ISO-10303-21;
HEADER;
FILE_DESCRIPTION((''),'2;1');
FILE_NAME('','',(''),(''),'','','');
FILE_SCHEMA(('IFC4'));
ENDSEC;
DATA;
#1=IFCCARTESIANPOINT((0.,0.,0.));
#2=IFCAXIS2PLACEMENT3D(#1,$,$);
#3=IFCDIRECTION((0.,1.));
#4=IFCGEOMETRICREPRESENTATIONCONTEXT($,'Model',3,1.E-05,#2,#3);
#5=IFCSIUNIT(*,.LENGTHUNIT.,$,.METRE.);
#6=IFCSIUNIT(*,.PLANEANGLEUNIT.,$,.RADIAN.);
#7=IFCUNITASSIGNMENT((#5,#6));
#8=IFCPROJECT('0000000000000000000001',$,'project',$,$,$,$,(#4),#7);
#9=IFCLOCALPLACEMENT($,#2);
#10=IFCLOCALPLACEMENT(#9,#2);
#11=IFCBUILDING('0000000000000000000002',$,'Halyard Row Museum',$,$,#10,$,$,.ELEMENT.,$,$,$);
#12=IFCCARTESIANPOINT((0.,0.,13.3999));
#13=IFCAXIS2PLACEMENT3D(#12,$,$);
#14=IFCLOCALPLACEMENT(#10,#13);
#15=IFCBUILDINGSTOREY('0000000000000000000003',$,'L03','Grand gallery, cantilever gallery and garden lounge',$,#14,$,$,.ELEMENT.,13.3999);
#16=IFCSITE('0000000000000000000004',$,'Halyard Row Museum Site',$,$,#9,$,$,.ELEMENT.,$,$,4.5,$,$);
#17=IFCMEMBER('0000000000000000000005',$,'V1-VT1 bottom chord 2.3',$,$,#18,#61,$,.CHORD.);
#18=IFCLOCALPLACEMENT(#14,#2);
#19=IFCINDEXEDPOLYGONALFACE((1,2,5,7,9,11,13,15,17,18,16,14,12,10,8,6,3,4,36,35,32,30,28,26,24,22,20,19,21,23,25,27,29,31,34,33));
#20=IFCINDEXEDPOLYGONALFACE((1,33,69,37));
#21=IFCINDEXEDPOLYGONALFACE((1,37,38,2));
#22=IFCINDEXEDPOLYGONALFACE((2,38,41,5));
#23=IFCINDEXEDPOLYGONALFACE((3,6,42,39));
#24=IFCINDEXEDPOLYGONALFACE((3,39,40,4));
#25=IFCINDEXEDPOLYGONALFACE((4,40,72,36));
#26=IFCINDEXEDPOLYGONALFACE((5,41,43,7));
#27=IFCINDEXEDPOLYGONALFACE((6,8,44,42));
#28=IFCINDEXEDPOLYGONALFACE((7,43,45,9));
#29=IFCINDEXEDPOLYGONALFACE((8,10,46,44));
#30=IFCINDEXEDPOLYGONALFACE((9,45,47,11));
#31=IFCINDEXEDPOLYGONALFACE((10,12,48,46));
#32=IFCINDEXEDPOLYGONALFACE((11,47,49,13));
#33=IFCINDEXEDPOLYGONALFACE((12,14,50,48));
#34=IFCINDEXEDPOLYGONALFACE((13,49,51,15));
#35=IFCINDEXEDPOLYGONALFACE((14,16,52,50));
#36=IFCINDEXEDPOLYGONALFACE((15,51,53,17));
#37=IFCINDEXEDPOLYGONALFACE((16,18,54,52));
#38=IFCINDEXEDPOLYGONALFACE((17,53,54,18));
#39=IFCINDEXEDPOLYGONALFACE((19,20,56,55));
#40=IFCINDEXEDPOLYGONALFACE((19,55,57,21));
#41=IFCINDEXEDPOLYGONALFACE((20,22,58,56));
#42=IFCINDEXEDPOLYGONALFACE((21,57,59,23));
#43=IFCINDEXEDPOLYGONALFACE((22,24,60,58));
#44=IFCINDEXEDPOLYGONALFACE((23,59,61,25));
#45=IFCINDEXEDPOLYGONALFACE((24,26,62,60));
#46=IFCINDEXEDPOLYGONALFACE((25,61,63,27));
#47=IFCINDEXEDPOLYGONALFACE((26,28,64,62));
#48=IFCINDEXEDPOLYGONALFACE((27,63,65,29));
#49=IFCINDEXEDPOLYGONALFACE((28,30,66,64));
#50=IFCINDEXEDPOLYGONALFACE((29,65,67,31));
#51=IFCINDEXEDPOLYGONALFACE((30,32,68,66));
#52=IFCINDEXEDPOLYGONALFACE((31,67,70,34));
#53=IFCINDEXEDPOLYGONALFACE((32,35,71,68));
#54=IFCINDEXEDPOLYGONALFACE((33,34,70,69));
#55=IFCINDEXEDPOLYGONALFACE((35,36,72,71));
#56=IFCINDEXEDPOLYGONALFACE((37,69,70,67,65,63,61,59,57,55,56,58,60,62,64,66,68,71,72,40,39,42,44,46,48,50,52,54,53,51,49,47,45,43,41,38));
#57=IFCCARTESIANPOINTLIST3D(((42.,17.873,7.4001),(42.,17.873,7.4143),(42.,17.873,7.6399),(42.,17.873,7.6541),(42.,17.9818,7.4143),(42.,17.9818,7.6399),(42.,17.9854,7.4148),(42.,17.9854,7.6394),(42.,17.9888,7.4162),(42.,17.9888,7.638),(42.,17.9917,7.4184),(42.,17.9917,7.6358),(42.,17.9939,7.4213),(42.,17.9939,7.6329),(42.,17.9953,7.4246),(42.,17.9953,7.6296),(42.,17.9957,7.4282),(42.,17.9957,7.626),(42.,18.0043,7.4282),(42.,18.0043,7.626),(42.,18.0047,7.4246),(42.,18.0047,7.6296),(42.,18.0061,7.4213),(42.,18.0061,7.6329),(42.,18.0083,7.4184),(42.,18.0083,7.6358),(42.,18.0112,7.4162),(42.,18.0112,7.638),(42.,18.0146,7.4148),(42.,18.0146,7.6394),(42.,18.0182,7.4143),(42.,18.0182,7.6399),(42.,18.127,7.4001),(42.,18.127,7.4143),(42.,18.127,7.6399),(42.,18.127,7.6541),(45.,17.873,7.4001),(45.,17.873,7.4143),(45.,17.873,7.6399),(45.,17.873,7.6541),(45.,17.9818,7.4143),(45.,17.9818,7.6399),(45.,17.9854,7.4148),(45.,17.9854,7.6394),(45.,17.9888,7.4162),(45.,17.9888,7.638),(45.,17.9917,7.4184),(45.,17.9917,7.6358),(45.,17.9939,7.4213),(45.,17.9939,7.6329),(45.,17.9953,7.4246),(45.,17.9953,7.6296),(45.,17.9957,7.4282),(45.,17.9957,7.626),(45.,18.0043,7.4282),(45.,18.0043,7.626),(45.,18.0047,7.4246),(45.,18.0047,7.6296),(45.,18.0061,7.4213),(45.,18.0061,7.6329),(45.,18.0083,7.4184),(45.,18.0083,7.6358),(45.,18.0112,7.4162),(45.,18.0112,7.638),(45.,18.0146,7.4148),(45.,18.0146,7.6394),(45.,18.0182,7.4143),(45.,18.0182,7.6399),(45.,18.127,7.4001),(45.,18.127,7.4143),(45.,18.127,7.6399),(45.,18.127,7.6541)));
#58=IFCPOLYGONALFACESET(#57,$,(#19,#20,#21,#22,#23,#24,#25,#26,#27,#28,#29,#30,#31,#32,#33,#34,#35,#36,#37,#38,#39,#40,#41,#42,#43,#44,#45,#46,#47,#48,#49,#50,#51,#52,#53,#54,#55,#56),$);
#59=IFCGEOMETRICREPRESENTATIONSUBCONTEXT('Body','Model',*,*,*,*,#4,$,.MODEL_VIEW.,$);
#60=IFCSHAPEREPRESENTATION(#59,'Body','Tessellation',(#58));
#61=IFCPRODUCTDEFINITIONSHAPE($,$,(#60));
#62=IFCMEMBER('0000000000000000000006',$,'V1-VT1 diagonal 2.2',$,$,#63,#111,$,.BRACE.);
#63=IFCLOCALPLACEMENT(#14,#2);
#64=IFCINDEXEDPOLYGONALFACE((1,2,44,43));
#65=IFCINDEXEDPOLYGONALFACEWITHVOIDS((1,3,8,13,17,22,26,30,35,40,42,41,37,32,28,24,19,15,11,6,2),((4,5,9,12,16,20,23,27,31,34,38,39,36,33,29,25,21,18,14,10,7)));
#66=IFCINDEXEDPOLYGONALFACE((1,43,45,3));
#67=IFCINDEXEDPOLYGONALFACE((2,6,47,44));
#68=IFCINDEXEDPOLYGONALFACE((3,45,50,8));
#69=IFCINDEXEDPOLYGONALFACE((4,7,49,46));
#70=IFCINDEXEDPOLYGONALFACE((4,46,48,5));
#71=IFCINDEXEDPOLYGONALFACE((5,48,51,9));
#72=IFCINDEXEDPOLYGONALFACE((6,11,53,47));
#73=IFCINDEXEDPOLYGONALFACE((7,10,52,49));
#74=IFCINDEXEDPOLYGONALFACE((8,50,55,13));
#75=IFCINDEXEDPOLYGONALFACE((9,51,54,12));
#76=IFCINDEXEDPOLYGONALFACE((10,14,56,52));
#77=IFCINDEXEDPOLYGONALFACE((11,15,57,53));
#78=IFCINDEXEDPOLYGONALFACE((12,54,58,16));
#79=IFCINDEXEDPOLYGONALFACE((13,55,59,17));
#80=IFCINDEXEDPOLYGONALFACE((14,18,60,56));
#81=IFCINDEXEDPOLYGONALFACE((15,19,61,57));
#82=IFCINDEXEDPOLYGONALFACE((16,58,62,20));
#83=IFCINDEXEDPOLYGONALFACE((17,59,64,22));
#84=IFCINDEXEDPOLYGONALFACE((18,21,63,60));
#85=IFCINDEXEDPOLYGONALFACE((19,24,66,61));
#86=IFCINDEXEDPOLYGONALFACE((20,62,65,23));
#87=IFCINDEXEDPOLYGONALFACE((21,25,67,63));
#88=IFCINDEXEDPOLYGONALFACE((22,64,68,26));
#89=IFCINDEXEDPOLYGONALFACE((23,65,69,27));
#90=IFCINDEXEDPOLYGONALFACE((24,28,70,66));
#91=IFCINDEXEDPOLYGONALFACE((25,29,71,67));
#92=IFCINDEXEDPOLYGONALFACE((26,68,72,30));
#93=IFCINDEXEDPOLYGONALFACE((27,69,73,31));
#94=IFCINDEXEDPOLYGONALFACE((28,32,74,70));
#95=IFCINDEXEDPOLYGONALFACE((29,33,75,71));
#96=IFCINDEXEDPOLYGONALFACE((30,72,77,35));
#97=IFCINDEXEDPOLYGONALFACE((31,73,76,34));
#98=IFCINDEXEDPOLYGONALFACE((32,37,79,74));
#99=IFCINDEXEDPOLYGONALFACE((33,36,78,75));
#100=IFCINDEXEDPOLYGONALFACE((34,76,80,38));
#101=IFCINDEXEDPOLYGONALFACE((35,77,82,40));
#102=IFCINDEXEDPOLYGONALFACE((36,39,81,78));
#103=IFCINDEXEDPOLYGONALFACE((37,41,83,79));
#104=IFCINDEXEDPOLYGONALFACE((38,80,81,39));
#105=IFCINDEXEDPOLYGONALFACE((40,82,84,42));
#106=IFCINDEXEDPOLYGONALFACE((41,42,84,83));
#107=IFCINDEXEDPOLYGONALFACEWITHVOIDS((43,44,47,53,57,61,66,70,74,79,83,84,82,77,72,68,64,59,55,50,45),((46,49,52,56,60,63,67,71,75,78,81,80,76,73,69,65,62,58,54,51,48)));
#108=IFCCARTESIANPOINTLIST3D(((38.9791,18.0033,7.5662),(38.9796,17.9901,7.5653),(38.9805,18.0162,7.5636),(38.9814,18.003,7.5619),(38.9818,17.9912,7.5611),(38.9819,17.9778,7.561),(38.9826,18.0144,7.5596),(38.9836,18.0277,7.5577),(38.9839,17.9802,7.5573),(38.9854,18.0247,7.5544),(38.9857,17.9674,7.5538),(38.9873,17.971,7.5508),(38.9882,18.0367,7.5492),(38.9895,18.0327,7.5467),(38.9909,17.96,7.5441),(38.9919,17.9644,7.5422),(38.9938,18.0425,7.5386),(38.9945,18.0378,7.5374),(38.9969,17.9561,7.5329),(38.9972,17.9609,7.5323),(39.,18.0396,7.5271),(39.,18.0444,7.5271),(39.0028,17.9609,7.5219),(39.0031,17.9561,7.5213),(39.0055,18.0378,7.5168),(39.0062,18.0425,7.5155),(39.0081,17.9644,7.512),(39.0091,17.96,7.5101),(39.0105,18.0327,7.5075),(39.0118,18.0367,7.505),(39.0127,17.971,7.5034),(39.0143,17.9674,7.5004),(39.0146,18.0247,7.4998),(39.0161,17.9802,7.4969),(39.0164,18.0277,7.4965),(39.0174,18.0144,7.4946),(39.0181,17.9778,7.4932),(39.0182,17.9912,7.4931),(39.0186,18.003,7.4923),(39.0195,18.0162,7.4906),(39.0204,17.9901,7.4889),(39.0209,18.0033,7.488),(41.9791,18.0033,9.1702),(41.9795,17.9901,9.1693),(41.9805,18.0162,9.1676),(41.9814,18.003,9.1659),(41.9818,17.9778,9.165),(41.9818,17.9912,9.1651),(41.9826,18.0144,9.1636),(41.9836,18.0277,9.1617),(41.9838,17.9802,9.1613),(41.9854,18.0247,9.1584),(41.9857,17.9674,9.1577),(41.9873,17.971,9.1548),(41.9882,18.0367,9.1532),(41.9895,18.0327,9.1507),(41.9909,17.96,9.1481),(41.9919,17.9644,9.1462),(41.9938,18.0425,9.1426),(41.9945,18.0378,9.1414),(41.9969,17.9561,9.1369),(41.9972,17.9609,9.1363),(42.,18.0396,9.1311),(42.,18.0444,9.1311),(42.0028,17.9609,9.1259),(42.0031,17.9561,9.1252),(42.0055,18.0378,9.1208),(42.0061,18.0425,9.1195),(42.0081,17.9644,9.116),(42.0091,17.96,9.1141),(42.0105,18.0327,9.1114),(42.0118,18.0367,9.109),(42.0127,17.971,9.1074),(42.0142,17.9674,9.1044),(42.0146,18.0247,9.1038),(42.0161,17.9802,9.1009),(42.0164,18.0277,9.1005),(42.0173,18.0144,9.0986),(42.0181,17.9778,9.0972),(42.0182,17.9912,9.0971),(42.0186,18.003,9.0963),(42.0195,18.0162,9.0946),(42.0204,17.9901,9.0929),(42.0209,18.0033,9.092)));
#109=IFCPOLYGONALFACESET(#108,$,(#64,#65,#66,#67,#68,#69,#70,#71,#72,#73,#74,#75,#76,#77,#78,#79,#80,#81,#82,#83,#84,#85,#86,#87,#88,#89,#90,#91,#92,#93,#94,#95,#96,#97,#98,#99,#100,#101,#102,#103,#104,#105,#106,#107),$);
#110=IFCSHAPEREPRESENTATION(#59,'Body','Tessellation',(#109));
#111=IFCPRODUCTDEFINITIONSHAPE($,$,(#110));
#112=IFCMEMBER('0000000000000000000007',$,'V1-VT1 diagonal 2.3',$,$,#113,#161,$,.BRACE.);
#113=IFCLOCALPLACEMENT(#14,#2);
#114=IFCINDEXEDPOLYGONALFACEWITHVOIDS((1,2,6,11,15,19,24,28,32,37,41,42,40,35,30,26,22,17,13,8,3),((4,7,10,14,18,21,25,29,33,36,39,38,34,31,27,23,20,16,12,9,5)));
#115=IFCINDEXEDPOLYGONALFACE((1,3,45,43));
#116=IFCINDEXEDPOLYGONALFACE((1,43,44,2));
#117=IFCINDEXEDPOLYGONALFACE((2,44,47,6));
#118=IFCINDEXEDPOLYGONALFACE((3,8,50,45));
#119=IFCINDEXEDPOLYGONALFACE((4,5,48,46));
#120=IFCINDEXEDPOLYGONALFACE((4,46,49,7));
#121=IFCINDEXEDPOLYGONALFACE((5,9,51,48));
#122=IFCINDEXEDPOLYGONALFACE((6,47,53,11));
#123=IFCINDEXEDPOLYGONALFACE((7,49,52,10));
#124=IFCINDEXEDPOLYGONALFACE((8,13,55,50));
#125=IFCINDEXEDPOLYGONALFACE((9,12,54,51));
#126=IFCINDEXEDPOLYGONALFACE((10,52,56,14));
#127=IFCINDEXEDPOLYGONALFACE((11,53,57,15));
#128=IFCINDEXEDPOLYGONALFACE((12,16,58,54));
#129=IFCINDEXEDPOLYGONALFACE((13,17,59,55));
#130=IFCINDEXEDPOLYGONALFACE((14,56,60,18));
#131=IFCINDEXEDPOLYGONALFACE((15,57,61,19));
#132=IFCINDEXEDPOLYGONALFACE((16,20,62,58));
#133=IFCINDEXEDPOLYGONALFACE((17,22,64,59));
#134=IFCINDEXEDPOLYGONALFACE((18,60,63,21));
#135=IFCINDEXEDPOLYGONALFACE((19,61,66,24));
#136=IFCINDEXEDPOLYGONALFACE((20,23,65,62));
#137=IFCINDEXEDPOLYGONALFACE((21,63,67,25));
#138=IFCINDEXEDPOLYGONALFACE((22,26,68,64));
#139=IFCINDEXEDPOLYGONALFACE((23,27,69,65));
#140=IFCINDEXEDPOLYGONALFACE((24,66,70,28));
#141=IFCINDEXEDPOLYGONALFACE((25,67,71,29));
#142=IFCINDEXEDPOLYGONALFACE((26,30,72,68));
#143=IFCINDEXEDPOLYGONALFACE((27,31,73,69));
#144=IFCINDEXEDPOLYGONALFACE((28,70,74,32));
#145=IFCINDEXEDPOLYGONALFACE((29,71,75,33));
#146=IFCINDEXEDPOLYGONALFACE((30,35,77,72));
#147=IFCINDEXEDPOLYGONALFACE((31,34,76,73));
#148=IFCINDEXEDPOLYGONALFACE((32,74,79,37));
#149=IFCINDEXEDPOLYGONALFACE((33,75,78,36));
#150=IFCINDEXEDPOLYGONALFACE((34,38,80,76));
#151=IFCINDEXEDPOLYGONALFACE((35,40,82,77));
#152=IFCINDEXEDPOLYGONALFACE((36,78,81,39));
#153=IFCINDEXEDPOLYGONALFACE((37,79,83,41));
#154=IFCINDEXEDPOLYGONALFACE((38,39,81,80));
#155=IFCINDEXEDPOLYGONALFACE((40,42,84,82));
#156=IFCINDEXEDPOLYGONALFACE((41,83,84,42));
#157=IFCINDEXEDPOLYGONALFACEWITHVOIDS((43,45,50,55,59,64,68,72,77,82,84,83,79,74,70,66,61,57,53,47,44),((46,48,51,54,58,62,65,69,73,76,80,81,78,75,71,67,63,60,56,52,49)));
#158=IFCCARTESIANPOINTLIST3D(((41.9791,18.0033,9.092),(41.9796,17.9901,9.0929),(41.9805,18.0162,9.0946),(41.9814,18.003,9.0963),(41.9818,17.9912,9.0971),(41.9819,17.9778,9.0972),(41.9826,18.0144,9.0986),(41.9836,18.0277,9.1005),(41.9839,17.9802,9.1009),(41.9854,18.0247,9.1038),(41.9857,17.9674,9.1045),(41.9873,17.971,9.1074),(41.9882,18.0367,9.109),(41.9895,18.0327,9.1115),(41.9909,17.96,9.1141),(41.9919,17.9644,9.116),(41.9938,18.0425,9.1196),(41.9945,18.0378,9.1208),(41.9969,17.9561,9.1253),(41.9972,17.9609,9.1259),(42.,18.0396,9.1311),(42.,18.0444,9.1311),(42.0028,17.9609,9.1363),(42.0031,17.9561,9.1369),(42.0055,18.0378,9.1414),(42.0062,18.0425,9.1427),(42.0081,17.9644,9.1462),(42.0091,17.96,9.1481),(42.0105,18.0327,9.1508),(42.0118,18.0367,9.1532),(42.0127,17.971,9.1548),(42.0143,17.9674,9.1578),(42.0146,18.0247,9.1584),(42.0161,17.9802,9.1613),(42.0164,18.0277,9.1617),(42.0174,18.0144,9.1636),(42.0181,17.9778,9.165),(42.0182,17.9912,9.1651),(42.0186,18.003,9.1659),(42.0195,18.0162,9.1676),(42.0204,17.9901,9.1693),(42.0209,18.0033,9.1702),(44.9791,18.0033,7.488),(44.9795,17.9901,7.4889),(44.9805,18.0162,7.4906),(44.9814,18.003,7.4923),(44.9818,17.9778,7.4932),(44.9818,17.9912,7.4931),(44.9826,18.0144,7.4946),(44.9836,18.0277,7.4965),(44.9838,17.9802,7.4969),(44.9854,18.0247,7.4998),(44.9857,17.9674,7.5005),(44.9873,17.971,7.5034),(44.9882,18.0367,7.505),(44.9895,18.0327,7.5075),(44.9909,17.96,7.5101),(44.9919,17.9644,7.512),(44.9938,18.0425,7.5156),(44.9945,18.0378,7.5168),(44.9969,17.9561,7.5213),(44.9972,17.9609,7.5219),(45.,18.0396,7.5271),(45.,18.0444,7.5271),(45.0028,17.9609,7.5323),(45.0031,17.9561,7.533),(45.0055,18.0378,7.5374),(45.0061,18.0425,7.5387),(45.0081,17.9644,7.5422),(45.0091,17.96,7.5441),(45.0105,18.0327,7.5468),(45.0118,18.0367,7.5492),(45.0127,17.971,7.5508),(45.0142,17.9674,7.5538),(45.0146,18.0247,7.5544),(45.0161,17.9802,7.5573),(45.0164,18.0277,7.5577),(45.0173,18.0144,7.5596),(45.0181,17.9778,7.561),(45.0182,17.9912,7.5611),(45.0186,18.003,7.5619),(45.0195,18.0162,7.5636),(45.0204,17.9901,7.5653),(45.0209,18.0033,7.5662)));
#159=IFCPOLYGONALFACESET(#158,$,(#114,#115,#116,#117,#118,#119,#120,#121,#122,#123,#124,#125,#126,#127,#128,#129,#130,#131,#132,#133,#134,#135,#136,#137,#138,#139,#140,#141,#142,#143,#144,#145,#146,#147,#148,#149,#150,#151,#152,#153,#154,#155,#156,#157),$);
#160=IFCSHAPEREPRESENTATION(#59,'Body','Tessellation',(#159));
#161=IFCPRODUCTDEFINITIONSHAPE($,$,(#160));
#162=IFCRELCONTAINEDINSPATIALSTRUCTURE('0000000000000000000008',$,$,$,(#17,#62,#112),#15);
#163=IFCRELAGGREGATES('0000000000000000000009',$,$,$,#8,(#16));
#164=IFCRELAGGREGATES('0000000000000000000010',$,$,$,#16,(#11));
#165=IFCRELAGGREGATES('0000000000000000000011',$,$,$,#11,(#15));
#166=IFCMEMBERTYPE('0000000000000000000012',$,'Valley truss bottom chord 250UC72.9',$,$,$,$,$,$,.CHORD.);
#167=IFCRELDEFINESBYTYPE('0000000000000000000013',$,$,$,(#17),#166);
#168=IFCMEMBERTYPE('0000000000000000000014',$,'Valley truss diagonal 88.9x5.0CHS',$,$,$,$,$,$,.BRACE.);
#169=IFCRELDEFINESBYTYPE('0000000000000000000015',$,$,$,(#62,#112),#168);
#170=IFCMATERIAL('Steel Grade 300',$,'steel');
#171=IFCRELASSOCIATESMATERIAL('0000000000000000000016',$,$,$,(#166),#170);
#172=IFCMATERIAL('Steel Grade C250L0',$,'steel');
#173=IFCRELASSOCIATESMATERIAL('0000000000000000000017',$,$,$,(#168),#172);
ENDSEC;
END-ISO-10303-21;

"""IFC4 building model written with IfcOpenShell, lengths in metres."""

from ifc_helpers import new_model, si_unit, direction, frame, origin, origin_2d, place, context, subcontext, project, spatial, hollow_circle, i_section, extrude, material, material_profile, profile_set, type_object, element, save


model = new_model("IFC4")

# Units and contexts
model_context = context("Model", 3, precision=1e-05, world=origin(), true_north=direction((0.0, 1.0)))
body_context = subcontext(model_context, "Body", "Model", "MODEL_VIEW")
ifc_project = project(units=[si_unit("LENGTHUNIT", "METRE"), si_unit("PLANEANGLEUNIT", "RADIAN")], contexts=[model_context])

# Site, building, storey
site_placement = place(None, origin())
site = spatial("IfcSite", under=ifc_project, at=site_placement, Name="Halyard Row Museum Site", CompositionType="ELEMENT", RefElevation=4.5)
building_placement = place(site_placement, origin())
building = spatial("IfcBuilding", under=site, at=building_placement, Name="Halyard Row Museum", CompositionType="ELEMENT")
storey_placement = place(building_placement, frame((0.0, 0.0, 13.3999)))
storey = spatial("IfcBuildingStorey", under=building, at=storey_placement, Name="L03", Description="Grand gallery, cantilever gallery and garden lounge", CompositionType="ELEMENT", Elevation=13.3999)

# Members
ifc_material_1 = material(Name="Steel Grade 300", Category="steel")
ifc_material_profile_1 = material_profile(ifc_material_1, i_section(OverallWidth=0.2539, OverallDepth=0.2539, WebThickness=0.0085, FlangeThickness=0.0142, FilletRadius=0.0139, at=origin_2d()), Name="250UC72.9")
ifc_profile_set_1 = profile_set([ifc_material_profile_1], Name="Steel Grade 300")
member_type_1 = type_object("IfcMemberType", Name="Valley truss bottom chord 250UC72.9", PredefinedType="CHORD", material=ifc_profile_set_1)
for number, where, z_axis, x_axis, name in (
    (1, (42.0, 18.0, 7.5271), (1.0, 0.0, 0.0), (0.0, 1.0, 0.0), "V1-VT1 bottom chord 2.3"),
):
    element("IfcMember", number, at=place(storey_placement, frame(where, z_axis=z_axis, x_axis=x_axis)), inside=storey, type_object=member_type_1, Name=name, PredefinedType="CHORD", context=body_context, shape_type="SweptSolid", body=[
        extrude(i_section(OverallWidth=0.2539, OverallDepth=0.2539, WebThickness=0.0085, FlangeThickness=0.0142, FilletRadius=0.0139, at=origin_2d()), origin(), (0.0, 0.0, 1.0), 3.0),
    ])
ifc_material_2 = material(Name="Steel Grade C250L0", Category="steel")
ifc_material_profile_2 = material_profile(ifc_material_2, hollow_circle(Radius=0.0444, WallThickness=0.0049, at=origin_2d()), Name="88.9x5.0CHS")
ifc_profile_set_2 = profile_set([ifc_material_profile_2], Name="Steel Grade C250L0")
member_type_2 = type_object("IfcMemberType", Name="Valley truss diagonal 88.9x5.0CHS", PredefinedType="BRACE", material=ifc_profile_set_2)
for number, where, z_axis, x_axis, name in (
    (2, (39.0, 18.0, 7.5271), (0.881864, 0.0, 0.471504), (0.0, 1.0, 0.0), "V1-VT1 diagonal 2.2"),
    (3, (42.0, 18.0, 9.1311), (0.881864, 0.0, -0.471504), (0.0, 1.0, 0.0), "V1-VT1 diagonal 2.3"),
):
    element("IfcMember", number, at=place(storey_placement, frame(where, z_axis=z_axis, x_axis=x_axis)), inside=storey, type_object=member_type_2, Name=name, PredefinedType="BRACE", context=body_context, shape_type="SweptSolid", body=[
        extrude(hollow_circle(Radius=0.0444, WallThickness=0.0049, at=origin_2d()), origin(), (0.0, 0.0, 1.0), 3.4019),
    ])

save(model, "model.ifc")
